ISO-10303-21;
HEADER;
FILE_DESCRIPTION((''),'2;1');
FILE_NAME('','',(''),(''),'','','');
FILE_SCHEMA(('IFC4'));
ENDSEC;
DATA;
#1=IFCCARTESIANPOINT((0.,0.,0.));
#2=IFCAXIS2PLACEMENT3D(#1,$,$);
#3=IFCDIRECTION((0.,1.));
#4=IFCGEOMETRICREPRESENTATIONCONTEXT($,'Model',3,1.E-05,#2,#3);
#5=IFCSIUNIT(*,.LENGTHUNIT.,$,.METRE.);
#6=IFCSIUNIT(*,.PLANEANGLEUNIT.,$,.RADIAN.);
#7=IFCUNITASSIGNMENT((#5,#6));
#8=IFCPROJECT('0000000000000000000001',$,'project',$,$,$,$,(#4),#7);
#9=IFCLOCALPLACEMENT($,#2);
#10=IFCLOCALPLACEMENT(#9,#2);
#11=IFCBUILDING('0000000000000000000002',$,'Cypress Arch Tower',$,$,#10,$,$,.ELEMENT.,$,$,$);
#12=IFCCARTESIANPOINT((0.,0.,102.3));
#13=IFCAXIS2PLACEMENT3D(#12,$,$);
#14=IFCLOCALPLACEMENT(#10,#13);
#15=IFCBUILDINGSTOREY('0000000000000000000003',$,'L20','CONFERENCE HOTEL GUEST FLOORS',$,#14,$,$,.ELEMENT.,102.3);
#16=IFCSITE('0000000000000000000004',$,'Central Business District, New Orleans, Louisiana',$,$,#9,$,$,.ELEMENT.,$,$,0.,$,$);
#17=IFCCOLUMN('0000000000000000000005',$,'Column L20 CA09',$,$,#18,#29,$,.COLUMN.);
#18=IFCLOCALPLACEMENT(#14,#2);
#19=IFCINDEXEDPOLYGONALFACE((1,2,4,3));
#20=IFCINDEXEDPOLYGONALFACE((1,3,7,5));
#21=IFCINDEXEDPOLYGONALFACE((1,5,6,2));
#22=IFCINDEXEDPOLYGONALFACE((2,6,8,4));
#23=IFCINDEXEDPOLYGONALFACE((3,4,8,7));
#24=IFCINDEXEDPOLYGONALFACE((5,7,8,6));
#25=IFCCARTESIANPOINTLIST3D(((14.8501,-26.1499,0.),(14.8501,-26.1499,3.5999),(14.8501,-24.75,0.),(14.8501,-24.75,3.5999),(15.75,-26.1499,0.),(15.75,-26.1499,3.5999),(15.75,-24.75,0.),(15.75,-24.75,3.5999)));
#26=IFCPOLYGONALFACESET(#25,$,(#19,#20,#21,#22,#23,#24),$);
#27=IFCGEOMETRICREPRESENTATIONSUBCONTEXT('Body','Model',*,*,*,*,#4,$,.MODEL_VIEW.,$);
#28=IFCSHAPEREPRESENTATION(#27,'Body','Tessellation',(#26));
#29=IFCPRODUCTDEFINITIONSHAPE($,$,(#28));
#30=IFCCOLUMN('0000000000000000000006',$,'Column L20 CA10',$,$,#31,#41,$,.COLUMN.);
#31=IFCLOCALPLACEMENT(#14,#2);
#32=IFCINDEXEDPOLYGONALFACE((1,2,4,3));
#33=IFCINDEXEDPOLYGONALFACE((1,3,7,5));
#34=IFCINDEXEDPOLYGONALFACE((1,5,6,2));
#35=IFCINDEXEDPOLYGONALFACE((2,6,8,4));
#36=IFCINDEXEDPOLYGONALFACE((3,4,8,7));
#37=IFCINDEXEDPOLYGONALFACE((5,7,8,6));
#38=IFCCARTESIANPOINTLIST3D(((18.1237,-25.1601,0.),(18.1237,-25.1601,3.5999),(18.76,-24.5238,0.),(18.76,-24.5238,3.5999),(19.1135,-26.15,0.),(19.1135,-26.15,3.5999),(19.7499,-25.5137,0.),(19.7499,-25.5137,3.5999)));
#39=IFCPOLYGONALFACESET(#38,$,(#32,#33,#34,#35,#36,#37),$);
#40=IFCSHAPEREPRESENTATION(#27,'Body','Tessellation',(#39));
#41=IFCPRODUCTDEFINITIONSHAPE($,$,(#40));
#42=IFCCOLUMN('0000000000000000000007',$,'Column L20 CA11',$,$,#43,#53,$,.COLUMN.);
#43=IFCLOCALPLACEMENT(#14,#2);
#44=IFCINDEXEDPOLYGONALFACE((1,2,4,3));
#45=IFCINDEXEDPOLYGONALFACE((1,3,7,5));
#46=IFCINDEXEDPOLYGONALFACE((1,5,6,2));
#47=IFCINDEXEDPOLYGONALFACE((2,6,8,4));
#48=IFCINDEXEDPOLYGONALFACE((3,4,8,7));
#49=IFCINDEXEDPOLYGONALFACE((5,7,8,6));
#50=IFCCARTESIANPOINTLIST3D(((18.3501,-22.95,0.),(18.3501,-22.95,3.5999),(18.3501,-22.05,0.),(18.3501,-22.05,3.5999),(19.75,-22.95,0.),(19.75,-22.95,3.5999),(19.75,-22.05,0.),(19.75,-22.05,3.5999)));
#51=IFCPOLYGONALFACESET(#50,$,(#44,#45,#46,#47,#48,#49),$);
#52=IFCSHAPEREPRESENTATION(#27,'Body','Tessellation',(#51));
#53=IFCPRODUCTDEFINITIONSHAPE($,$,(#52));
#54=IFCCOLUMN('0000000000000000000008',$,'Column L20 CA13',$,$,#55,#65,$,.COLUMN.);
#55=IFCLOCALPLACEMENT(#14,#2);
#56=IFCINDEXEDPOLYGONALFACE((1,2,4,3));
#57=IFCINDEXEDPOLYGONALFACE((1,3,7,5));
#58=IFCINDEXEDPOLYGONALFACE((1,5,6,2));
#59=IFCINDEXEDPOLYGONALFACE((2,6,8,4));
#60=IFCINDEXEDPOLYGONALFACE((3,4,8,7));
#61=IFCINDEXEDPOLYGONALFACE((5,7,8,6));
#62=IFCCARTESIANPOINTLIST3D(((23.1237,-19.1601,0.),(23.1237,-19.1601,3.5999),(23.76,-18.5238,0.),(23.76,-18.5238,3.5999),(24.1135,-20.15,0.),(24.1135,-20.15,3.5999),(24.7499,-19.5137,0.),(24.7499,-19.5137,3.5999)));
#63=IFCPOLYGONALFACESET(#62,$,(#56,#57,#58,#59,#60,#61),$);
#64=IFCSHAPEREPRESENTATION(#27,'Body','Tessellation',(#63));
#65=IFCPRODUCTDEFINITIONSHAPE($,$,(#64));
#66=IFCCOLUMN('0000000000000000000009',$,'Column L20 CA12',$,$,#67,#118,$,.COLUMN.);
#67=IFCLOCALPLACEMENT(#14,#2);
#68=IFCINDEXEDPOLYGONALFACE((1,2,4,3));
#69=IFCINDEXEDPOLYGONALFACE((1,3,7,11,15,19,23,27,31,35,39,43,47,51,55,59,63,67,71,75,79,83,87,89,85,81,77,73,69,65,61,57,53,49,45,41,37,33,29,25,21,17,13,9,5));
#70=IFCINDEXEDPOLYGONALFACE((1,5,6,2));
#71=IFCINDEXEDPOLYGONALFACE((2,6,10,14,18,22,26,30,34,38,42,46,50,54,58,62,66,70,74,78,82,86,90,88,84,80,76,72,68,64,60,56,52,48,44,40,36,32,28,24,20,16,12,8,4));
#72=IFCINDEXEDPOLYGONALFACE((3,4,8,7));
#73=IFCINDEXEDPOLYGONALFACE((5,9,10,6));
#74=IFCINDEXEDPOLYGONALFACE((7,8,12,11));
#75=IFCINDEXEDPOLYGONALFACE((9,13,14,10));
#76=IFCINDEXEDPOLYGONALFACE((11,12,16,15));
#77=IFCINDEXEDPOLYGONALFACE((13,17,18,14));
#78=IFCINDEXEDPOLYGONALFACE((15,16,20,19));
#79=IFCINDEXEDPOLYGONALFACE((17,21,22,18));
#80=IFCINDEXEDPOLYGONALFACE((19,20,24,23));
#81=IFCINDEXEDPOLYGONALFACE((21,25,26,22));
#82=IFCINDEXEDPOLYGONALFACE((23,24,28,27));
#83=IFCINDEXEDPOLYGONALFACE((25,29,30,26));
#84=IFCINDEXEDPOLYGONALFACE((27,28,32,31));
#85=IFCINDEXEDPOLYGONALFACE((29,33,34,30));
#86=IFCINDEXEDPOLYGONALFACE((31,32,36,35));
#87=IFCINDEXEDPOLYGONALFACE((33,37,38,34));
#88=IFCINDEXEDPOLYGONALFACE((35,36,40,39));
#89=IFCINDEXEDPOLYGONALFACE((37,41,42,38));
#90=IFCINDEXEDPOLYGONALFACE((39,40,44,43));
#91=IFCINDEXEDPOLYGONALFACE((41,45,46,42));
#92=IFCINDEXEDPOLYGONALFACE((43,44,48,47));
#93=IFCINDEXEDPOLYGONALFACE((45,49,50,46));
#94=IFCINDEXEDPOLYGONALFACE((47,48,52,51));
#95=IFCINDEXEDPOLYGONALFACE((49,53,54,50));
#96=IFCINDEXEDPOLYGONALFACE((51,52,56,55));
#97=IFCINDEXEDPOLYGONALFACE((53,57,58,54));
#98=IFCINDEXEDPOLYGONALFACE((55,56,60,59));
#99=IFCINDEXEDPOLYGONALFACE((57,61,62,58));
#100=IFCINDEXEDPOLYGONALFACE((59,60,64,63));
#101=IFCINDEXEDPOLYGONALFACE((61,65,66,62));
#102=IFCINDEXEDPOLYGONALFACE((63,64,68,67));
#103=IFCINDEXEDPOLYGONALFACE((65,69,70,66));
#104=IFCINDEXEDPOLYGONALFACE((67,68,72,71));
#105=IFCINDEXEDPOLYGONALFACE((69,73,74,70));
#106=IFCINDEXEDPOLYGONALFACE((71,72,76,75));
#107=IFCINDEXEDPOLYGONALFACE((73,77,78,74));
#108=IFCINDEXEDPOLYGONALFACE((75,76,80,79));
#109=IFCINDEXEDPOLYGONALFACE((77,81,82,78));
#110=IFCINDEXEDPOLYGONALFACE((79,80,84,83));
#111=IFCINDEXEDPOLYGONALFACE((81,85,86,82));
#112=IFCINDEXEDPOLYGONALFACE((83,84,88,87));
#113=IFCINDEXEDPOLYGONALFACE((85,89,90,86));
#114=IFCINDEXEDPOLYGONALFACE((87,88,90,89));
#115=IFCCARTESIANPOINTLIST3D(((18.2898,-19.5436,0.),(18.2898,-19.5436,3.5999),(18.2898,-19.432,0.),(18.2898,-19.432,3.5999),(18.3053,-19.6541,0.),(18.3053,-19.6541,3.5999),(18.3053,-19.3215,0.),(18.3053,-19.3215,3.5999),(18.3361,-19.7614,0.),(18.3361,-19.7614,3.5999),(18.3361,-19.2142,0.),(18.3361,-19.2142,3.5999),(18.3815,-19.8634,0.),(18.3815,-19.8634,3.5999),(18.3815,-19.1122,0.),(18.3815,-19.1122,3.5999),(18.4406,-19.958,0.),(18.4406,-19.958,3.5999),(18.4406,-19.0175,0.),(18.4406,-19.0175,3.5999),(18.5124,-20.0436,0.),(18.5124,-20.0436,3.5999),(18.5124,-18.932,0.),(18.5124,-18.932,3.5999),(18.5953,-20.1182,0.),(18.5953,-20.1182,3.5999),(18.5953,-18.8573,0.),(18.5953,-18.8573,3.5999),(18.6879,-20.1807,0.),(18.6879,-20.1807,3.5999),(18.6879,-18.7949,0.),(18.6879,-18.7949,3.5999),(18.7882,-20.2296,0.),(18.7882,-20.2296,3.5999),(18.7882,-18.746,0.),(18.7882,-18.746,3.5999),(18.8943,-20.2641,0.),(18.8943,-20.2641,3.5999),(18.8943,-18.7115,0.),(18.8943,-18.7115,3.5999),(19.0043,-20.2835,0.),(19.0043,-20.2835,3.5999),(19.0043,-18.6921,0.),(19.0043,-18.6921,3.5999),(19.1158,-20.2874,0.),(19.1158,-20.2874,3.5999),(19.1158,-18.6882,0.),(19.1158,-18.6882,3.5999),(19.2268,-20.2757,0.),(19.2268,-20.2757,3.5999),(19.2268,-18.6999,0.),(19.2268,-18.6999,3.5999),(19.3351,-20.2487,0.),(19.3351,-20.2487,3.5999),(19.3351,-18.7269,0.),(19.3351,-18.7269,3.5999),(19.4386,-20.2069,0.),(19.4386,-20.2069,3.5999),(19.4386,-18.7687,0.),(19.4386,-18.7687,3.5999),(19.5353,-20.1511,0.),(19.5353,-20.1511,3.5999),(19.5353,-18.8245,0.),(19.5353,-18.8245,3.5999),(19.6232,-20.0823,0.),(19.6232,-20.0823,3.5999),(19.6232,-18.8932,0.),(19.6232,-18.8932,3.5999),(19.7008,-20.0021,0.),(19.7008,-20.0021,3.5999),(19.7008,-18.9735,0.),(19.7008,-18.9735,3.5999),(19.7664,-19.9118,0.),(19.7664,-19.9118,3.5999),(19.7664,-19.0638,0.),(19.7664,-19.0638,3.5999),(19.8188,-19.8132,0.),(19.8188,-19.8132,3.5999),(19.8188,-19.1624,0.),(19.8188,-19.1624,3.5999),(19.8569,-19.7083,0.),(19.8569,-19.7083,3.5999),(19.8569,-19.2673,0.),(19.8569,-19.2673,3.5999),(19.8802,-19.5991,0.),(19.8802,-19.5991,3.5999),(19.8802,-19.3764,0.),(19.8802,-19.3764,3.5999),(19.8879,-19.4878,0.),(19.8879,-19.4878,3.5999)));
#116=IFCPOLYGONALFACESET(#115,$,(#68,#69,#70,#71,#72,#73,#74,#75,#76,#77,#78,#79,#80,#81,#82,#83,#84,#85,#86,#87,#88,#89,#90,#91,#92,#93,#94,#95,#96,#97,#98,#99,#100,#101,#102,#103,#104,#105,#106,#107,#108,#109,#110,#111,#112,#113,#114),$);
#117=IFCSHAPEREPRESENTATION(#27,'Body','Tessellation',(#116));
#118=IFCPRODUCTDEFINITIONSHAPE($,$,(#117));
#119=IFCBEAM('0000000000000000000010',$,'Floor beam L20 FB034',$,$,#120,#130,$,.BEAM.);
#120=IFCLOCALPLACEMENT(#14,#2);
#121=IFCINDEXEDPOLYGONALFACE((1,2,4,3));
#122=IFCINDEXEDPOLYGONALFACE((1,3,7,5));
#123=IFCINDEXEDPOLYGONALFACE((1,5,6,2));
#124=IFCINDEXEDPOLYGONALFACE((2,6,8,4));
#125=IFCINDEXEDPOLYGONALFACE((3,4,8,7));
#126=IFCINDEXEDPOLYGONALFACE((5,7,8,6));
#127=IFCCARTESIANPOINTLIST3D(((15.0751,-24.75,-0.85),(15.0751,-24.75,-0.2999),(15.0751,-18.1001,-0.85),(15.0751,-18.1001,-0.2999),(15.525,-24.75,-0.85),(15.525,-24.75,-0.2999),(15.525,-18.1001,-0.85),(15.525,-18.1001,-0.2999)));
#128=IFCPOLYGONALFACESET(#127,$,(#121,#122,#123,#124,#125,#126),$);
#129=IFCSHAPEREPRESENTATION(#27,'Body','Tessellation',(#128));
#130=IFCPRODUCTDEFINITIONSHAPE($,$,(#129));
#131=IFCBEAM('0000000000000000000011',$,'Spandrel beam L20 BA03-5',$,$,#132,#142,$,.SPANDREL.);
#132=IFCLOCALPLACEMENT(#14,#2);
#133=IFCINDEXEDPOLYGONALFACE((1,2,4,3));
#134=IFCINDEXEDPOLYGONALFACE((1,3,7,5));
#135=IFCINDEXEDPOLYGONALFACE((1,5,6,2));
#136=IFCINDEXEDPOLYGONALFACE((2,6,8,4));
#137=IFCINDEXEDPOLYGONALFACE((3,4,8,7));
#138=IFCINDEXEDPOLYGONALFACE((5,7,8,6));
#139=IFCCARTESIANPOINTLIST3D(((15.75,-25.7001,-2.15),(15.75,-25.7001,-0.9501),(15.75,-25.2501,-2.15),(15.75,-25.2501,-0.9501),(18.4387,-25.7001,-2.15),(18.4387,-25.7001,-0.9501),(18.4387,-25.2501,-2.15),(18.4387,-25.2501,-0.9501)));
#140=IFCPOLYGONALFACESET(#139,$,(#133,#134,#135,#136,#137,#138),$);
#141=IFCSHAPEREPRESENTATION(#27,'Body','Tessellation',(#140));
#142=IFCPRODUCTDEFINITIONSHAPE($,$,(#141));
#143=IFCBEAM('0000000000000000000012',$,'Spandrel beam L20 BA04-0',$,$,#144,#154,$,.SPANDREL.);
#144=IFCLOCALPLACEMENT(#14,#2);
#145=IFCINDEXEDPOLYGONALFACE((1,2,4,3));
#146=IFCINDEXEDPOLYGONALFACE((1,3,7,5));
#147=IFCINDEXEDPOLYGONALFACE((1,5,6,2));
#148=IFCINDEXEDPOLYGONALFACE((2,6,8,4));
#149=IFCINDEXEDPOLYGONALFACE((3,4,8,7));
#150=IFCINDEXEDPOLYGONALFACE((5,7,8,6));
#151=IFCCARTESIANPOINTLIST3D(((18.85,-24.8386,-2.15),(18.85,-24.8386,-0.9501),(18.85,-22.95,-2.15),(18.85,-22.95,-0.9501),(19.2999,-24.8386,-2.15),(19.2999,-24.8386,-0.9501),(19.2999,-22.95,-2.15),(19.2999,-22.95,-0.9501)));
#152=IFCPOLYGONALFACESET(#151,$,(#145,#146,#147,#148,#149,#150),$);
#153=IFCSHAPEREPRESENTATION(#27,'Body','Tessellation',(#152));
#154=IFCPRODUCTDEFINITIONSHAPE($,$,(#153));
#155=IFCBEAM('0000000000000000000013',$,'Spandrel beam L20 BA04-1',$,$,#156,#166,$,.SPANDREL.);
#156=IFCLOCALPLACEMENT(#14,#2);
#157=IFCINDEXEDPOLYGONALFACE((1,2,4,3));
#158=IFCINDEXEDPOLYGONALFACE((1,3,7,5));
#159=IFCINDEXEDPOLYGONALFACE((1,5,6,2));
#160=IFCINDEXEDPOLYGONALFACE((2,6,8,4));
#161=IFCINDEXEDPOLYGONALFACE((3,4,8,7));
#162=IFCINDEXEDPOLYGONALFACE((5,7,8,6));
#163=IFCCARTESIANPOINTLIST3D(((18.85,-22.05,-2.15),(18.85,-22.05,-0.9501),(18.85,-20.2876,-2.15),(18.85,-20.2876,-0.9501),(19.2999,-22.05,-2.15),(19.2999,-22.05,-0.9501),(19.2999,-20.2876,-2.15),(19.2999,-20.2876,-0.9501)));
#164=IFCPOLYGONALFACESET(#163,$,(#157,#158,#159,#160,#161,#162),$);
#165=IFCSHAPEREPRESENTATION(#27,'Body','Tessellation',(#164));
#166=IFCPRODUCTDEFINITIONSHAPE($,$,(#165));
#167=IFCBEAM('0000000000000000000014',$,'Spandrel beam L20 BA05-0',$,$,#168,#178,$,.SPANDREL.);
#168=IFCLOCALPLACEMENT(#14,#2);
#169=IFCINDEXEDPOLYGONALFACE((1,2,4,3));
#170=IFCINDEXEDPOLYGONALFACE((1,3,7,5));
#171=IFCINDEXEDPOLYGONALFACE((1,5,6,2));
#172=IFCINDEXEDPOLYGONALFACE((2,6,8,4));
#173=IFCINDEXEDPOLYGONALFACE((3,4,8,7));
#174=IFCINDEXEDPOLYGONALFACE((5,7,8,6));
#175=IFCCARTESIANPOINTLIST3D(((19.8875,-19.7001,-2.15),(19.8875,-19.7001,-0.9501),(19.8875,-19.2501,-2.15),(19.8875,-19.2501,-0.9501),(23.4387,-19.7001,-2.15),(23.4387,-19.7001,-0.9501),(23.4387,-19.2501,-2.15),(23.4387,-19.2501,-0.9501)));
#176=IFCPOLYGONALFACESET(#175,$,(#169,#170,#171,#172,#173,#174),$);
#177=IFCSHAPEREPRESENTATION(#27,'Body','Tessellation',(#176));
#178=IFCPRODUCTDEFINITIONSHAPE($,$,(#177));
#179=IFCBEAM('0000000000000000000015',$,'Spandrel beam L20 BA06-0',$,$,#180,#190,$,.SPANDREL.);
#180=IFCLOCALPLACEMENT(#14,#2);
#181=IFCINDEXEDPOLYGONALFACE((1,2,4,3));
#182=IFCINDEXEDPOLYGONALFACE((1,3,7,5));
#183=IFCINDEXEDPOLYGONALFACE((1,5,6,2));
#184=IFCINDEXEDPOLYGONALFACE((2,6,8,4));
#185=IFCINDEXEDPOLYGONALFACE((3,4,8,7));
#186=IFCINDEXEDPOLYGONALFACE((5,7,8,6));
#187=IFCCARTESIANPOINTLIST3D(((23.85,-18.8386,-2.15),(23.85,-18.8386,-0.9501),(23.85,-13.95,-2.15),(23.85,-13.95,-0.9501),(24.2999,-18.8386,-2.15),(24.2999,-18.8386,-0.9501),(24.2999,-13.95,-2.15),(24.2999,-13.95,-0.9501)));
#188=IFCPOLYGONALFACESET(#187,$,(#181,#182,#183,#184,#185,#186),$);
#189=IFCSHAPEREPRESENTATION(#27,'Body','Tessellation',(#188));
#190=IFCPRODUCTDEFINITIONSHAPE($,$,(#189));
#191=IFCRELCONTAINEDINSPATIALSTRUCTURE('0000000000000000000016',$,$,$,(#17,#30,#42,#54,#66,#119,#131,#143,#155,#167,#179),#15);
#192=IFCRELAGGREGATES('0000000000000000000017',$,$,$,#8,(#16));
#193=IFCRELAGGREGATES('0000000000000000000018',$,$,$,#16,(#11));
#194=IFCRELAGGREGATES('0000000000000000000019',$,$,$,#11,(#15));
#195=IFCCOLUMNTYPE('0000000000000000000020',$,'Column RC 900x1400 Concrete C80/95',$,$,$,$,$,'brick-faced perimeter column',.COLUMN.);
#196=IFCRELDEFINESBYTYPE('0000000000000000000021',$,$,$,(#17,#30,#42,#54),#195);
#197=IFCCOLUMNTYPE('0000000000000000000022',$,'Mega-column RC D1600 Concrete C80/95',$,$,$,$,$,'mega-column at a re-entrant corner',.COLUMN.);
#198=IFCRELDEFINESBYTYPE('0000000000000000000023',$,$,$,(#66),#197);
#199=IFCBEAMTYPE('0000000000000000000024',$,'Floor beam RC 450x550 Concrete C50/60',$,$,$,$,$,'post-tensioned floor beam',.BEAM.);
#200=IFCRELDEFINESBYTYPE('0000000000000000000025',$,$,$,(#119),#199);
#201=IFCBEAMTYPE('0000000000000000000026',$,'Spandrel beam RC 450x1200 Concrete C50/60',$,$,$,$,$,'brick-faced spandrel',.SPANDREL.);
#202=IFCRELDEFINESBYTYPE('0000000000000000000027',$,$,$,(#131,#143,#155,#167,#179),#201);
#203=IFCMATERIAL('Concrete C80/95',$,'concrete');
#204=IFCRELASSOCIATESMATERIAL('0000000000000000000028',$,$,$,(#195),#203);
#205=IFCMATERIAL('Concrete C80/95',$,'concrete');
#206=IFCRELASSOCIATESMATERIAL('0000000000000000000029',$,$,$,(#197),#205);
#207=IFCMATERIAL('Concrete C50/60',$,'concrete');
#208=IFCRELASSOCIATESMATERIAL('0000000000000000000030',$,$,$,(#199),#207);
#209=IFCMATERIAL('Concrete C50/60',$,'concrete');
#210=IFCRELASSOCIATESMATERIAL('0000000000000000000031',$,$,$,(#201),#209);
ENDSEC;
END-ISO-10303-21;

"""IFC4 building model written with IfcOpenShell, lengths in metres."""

from ifc_helpers import new_model, si_unit, direction, frame, origin, origin_2d, place, context, subcontext, project, spatial, rectangle, circle, extrude, material, material_profile, profile_set, type_object, element, save


model = new_model("IFC4")

# Units and contexts
model_context = context("Model", 3, precision=1e-05, world=origin(), true_north=direction((0.0, 1.0)))
body_context = subcontext(model_context, "Body", "Model", "MODEL_VIEW")
ifc_project = project(units=[si_unit("LENGTHUNIT", "METRE"), si_unit("PLANEANGLEUNIT", "RADIAN")], contexts=[model_context])

# Site, building, storey
site_placement = place(None, origin())
site = spatial("IfcSite", under=ifc_project, at=site_placement, Name="Central Business District, New Orleans, Louisiana", CompositionType="ELEMENT", RefElevation=0.0)
building_placement = place(site_placement, origin())
building = spatial("IfcBuilding", under=site, at=building_placement, Name="Cypress Arch Tower", CompositionType="ELEMENT")
storey_placement = place(building_placement, frame((0.0, 0.0, 102.3)))
storey = spatial("IfcBuildingStorey", under=building, at=storey_placement, Name="L20", Description="CONFERENCE HOTEL GUEST FLOORS", CompositionType="ELEMENT", Elevation=102.3)

# Columns
ifc_material_1 = material(Name="Concrete C80/95", Category="concrete")
ifc_material_profile_1 = material_profile(ifc_material_1, rectangle(XDim=0.8999, YDim=1.3999, at=origin_2d()), Name="RC 900x1400")
ifc_profile_set_1 = profile_set([ifc_material_profile_1], Name="Concrete C80/95")
column_type_1 = type_object("IfcColumnType", Name="Column RC 900x1400 Concrete C80/95", ElementType="brick-faced perimeter column", PredefinedType="COLUMN", material=ifc_profile_set_1)
for number, where, z_axis, x_axis, name in (
    (1, (15.3, -25.45, 0.0), (0.0, 0.0, 1.0), (1.0, 0.0, 0.0), "Column L20 CA09"),
    (2, (18.9368, -25.3369, 0.0), (0.0, 0.0, 1.0), (0.707107, 0.707107, 0.0), "Column L20 CA10"),
    (3, (19.05, -22.5, 0.0), (0.0, 0.0, 1.0), (0.0, 1.0, 0.0), "Column L20 CA11"),
    (4, (23.9368, -19.3369, 0.0), (0.0, 0.0, 1.0), (0.707107, 0.707107, 0.0), "Column L20 CA13"),
):
    element("IfcColumn", number, at=place(storey_placement, frame(where, z_axis=z_axis, x_axis=x_axis)), inside=storey, type_object=column_type_1, Name=name, PredefinedType="COLUMN", context=body_context, shape_type="SweptSolid", body=[
        extrude(rectangle(XDim=0.8999, YDim=1.3999, at=origin_2d()), origin(), (0.0, 0.0, 1.0), 3.5999),
    ])
ifc_material_2 = material(Name="Concrete C80/95", Category="concrete")
ifc_material_profile_2 = material_profile(ifc_material_2, circle(Radius=0.8, at=origin_2d()), Name="RC D1600")
ifc_profile_set_2 = profile_set([ifc_material_profile_2], Name="Concrete C80/95")
column_type_2 = type_object("IfcColumnType", Name="Mega-column RC D1600 Concrete C80/95", ElementType="mega-column at a re-entrant corner", PredefinedType="COLUMN", material=ifc_profile_set_2)
column_placement = place(storey_placement, frame((19.0879, -19.4878, 0.0), z_axis=(0.0, 0.0, 1.0), x_axis=(1.0, 0.0, 0.0)))
element("IfcColumn", 5, at=column_placement, inside=storey, type_object=column_type_2, Name="Column L20 CA12", PredefinedType="COLUMN", context=body_context, shape_type="SweptSolid", body=[
    extrude(circle(Radius=0.8, at=origin_2d()), origin(), (0.0, 0.0, 1.0), 3.5999),
])

# Beams
ifc_material_3 = material(Name="Concrete C50/60", Category="concrete")
ifc_material_profile_3 = material_profile(ifc_material_3, rectangle(XDim=0.45, YDim=0.55, at=origin_2d()), Name="RC 450x550")
ifc_profile_set_3 = profile_set([ifc_material_profile_3], Name="Concrete C50/60")
beam_type_1 = type_object("IfcBeamType", Name="Floor beam RC 450x550 Concrete C50/60", ElementType="post-tensioned floor beam", PredefinedType="BEAM", material=ifc_profile_set_3)
beam_1_placement = place(storey_placement, frame((15.3, -24.75, -0.575), z_axis=(0.0, 1.0, 0.0), x_axis=(-1.0, 0.0, 0.0)))
element("IfcBeam", 6, at=beam_1_placement, inside=storey, type_object=beam_type_1, Name="Floor beam L20 FB034", PredefinedType="BEAM", context=body_context, shape_type="SweptSolid", body=[
    extrude(rectangle(XDim=0.45, YDim=0.55, at=origin_2d()), origin(), (0.0, 0.0, 1.0), 6.6499),
])
ifc_material_4 = material(Name="Concrete C50/60", Category="concrete")
ifc_material_profile_4 = material_profile(ifc_material_4, rectangle(XDim=0.45, YDim=1.2, at=origin_2d()), Name="RC 450x1200")
ifc_profile_set_4 = profile_set([ifc_material_profile_4], Name="Concrete C50/60")
beam_type_2 = type_object("IfcBeamType", Name="Spandrel beam RC 450x1200 Concrete C50/60", ElementType="brick-faced spandrel", PredefinedType="SPANDREL", material=ifc_profile_set_4)
beam_2_placement = place(storey_placement, frame((15.75, -25.4751, -1.55), z_axis=(1.0, 0.0, 0.0), x_axis=(0.0, 1.0, 0.0)))
element("IfcBeam", 7, at=beam_2_placement, inside=storey, type_object=beam_type_2, Name="Spandrel beam L20 BA03-5", PredefinedType="SPANDREL", context=body_context, shape_type="SweptSolid", body=[
    extrude(rectangle(XDim=0.45, YDim=1.2, at=origin_2d()), origin(), (0.0, 0.0, 1.0), 2.6887),
])
beam_3_placement = place(storey_placement, frame((19.075, -24.8386, -1.55), z_axis=(0.0, 1.0, 0.0), x_axis=(-1.0, 0.0, 0.0)))
element("IfcBeam", 8, at=beam_3_placement, inside=storey, type_object=beam_type_2, Name="Spandrel beam L20 BA04-0", PredefinedType="SPANDREL", context=body_context, shape_type="SweptSolid", body=[
    extrude(rectangle(XDim=0.45, YDim=1.2, at=origin_2d()), origin(), (0.0, 0.0, 1.0), 1.8887),
])
beam_4_placement = place(storey_placement, frame((19.075, -22.05, -1.55), z_axis=(0.0, 1.0, 0.0), x_axis=(-1.0, 0.0, 0.0)))
element("IfcBeam", 9, at=beam_4_placement, inside=storey, type_object=beam_type_2, Name="Spandrel beam L20 BA04-1", PredefinedType="SPANDREL", context=body_context, shape_type="SweptSolid", body=[
    extrude(rectangle(XDim=0.45, YDim=1.2, at=origin_2d()), origin(), (0.0, 0.0, 1.0), 1.7625),
])
beam_5_placement = place(storey_placement, frame((19.8875, -19.4751, -1.55), z_axis=(1.0, 0.0, 0.0), x_axis=(0.0, 1.0, 0.0)))
element("IfcBeam", 10, at=beam_5_placement, inside=storey, type_object=beam_type_2, Name="Spandrel beam L20 BA05-0", PredefinedType="SPANDREL", context=body_context, shape_type="SweptSolid", body=[
    extrude(rectangle(XDim=0.45, YDim=1.2, at=origin_2d()), origin(), (0.0, 0.0, 1.0), 3.5513),
])
beam_6_placement = place(storey_placement, frame((24.075, -18.8386, -1.55), z_axis=(0.0, 1.0, 0.0), x_axis=(-1.0, 0.0, 0.0)))
element("IfcBeam", 11, at=beam_6_placement, inside=storey, type_object=beam_type_2, Name="Spandrel beam L20 BA06-0", PredefinedType="SPANDREL", context=body_context, shape_type="SweptSolid", body=[
    extrude(rectangle(XDim=0.45, YDim=1.2, at=origin_2d()), origin(), (0.0, 0.0, 1.0), 4.8887),
])

save(model, "model.ifc")
